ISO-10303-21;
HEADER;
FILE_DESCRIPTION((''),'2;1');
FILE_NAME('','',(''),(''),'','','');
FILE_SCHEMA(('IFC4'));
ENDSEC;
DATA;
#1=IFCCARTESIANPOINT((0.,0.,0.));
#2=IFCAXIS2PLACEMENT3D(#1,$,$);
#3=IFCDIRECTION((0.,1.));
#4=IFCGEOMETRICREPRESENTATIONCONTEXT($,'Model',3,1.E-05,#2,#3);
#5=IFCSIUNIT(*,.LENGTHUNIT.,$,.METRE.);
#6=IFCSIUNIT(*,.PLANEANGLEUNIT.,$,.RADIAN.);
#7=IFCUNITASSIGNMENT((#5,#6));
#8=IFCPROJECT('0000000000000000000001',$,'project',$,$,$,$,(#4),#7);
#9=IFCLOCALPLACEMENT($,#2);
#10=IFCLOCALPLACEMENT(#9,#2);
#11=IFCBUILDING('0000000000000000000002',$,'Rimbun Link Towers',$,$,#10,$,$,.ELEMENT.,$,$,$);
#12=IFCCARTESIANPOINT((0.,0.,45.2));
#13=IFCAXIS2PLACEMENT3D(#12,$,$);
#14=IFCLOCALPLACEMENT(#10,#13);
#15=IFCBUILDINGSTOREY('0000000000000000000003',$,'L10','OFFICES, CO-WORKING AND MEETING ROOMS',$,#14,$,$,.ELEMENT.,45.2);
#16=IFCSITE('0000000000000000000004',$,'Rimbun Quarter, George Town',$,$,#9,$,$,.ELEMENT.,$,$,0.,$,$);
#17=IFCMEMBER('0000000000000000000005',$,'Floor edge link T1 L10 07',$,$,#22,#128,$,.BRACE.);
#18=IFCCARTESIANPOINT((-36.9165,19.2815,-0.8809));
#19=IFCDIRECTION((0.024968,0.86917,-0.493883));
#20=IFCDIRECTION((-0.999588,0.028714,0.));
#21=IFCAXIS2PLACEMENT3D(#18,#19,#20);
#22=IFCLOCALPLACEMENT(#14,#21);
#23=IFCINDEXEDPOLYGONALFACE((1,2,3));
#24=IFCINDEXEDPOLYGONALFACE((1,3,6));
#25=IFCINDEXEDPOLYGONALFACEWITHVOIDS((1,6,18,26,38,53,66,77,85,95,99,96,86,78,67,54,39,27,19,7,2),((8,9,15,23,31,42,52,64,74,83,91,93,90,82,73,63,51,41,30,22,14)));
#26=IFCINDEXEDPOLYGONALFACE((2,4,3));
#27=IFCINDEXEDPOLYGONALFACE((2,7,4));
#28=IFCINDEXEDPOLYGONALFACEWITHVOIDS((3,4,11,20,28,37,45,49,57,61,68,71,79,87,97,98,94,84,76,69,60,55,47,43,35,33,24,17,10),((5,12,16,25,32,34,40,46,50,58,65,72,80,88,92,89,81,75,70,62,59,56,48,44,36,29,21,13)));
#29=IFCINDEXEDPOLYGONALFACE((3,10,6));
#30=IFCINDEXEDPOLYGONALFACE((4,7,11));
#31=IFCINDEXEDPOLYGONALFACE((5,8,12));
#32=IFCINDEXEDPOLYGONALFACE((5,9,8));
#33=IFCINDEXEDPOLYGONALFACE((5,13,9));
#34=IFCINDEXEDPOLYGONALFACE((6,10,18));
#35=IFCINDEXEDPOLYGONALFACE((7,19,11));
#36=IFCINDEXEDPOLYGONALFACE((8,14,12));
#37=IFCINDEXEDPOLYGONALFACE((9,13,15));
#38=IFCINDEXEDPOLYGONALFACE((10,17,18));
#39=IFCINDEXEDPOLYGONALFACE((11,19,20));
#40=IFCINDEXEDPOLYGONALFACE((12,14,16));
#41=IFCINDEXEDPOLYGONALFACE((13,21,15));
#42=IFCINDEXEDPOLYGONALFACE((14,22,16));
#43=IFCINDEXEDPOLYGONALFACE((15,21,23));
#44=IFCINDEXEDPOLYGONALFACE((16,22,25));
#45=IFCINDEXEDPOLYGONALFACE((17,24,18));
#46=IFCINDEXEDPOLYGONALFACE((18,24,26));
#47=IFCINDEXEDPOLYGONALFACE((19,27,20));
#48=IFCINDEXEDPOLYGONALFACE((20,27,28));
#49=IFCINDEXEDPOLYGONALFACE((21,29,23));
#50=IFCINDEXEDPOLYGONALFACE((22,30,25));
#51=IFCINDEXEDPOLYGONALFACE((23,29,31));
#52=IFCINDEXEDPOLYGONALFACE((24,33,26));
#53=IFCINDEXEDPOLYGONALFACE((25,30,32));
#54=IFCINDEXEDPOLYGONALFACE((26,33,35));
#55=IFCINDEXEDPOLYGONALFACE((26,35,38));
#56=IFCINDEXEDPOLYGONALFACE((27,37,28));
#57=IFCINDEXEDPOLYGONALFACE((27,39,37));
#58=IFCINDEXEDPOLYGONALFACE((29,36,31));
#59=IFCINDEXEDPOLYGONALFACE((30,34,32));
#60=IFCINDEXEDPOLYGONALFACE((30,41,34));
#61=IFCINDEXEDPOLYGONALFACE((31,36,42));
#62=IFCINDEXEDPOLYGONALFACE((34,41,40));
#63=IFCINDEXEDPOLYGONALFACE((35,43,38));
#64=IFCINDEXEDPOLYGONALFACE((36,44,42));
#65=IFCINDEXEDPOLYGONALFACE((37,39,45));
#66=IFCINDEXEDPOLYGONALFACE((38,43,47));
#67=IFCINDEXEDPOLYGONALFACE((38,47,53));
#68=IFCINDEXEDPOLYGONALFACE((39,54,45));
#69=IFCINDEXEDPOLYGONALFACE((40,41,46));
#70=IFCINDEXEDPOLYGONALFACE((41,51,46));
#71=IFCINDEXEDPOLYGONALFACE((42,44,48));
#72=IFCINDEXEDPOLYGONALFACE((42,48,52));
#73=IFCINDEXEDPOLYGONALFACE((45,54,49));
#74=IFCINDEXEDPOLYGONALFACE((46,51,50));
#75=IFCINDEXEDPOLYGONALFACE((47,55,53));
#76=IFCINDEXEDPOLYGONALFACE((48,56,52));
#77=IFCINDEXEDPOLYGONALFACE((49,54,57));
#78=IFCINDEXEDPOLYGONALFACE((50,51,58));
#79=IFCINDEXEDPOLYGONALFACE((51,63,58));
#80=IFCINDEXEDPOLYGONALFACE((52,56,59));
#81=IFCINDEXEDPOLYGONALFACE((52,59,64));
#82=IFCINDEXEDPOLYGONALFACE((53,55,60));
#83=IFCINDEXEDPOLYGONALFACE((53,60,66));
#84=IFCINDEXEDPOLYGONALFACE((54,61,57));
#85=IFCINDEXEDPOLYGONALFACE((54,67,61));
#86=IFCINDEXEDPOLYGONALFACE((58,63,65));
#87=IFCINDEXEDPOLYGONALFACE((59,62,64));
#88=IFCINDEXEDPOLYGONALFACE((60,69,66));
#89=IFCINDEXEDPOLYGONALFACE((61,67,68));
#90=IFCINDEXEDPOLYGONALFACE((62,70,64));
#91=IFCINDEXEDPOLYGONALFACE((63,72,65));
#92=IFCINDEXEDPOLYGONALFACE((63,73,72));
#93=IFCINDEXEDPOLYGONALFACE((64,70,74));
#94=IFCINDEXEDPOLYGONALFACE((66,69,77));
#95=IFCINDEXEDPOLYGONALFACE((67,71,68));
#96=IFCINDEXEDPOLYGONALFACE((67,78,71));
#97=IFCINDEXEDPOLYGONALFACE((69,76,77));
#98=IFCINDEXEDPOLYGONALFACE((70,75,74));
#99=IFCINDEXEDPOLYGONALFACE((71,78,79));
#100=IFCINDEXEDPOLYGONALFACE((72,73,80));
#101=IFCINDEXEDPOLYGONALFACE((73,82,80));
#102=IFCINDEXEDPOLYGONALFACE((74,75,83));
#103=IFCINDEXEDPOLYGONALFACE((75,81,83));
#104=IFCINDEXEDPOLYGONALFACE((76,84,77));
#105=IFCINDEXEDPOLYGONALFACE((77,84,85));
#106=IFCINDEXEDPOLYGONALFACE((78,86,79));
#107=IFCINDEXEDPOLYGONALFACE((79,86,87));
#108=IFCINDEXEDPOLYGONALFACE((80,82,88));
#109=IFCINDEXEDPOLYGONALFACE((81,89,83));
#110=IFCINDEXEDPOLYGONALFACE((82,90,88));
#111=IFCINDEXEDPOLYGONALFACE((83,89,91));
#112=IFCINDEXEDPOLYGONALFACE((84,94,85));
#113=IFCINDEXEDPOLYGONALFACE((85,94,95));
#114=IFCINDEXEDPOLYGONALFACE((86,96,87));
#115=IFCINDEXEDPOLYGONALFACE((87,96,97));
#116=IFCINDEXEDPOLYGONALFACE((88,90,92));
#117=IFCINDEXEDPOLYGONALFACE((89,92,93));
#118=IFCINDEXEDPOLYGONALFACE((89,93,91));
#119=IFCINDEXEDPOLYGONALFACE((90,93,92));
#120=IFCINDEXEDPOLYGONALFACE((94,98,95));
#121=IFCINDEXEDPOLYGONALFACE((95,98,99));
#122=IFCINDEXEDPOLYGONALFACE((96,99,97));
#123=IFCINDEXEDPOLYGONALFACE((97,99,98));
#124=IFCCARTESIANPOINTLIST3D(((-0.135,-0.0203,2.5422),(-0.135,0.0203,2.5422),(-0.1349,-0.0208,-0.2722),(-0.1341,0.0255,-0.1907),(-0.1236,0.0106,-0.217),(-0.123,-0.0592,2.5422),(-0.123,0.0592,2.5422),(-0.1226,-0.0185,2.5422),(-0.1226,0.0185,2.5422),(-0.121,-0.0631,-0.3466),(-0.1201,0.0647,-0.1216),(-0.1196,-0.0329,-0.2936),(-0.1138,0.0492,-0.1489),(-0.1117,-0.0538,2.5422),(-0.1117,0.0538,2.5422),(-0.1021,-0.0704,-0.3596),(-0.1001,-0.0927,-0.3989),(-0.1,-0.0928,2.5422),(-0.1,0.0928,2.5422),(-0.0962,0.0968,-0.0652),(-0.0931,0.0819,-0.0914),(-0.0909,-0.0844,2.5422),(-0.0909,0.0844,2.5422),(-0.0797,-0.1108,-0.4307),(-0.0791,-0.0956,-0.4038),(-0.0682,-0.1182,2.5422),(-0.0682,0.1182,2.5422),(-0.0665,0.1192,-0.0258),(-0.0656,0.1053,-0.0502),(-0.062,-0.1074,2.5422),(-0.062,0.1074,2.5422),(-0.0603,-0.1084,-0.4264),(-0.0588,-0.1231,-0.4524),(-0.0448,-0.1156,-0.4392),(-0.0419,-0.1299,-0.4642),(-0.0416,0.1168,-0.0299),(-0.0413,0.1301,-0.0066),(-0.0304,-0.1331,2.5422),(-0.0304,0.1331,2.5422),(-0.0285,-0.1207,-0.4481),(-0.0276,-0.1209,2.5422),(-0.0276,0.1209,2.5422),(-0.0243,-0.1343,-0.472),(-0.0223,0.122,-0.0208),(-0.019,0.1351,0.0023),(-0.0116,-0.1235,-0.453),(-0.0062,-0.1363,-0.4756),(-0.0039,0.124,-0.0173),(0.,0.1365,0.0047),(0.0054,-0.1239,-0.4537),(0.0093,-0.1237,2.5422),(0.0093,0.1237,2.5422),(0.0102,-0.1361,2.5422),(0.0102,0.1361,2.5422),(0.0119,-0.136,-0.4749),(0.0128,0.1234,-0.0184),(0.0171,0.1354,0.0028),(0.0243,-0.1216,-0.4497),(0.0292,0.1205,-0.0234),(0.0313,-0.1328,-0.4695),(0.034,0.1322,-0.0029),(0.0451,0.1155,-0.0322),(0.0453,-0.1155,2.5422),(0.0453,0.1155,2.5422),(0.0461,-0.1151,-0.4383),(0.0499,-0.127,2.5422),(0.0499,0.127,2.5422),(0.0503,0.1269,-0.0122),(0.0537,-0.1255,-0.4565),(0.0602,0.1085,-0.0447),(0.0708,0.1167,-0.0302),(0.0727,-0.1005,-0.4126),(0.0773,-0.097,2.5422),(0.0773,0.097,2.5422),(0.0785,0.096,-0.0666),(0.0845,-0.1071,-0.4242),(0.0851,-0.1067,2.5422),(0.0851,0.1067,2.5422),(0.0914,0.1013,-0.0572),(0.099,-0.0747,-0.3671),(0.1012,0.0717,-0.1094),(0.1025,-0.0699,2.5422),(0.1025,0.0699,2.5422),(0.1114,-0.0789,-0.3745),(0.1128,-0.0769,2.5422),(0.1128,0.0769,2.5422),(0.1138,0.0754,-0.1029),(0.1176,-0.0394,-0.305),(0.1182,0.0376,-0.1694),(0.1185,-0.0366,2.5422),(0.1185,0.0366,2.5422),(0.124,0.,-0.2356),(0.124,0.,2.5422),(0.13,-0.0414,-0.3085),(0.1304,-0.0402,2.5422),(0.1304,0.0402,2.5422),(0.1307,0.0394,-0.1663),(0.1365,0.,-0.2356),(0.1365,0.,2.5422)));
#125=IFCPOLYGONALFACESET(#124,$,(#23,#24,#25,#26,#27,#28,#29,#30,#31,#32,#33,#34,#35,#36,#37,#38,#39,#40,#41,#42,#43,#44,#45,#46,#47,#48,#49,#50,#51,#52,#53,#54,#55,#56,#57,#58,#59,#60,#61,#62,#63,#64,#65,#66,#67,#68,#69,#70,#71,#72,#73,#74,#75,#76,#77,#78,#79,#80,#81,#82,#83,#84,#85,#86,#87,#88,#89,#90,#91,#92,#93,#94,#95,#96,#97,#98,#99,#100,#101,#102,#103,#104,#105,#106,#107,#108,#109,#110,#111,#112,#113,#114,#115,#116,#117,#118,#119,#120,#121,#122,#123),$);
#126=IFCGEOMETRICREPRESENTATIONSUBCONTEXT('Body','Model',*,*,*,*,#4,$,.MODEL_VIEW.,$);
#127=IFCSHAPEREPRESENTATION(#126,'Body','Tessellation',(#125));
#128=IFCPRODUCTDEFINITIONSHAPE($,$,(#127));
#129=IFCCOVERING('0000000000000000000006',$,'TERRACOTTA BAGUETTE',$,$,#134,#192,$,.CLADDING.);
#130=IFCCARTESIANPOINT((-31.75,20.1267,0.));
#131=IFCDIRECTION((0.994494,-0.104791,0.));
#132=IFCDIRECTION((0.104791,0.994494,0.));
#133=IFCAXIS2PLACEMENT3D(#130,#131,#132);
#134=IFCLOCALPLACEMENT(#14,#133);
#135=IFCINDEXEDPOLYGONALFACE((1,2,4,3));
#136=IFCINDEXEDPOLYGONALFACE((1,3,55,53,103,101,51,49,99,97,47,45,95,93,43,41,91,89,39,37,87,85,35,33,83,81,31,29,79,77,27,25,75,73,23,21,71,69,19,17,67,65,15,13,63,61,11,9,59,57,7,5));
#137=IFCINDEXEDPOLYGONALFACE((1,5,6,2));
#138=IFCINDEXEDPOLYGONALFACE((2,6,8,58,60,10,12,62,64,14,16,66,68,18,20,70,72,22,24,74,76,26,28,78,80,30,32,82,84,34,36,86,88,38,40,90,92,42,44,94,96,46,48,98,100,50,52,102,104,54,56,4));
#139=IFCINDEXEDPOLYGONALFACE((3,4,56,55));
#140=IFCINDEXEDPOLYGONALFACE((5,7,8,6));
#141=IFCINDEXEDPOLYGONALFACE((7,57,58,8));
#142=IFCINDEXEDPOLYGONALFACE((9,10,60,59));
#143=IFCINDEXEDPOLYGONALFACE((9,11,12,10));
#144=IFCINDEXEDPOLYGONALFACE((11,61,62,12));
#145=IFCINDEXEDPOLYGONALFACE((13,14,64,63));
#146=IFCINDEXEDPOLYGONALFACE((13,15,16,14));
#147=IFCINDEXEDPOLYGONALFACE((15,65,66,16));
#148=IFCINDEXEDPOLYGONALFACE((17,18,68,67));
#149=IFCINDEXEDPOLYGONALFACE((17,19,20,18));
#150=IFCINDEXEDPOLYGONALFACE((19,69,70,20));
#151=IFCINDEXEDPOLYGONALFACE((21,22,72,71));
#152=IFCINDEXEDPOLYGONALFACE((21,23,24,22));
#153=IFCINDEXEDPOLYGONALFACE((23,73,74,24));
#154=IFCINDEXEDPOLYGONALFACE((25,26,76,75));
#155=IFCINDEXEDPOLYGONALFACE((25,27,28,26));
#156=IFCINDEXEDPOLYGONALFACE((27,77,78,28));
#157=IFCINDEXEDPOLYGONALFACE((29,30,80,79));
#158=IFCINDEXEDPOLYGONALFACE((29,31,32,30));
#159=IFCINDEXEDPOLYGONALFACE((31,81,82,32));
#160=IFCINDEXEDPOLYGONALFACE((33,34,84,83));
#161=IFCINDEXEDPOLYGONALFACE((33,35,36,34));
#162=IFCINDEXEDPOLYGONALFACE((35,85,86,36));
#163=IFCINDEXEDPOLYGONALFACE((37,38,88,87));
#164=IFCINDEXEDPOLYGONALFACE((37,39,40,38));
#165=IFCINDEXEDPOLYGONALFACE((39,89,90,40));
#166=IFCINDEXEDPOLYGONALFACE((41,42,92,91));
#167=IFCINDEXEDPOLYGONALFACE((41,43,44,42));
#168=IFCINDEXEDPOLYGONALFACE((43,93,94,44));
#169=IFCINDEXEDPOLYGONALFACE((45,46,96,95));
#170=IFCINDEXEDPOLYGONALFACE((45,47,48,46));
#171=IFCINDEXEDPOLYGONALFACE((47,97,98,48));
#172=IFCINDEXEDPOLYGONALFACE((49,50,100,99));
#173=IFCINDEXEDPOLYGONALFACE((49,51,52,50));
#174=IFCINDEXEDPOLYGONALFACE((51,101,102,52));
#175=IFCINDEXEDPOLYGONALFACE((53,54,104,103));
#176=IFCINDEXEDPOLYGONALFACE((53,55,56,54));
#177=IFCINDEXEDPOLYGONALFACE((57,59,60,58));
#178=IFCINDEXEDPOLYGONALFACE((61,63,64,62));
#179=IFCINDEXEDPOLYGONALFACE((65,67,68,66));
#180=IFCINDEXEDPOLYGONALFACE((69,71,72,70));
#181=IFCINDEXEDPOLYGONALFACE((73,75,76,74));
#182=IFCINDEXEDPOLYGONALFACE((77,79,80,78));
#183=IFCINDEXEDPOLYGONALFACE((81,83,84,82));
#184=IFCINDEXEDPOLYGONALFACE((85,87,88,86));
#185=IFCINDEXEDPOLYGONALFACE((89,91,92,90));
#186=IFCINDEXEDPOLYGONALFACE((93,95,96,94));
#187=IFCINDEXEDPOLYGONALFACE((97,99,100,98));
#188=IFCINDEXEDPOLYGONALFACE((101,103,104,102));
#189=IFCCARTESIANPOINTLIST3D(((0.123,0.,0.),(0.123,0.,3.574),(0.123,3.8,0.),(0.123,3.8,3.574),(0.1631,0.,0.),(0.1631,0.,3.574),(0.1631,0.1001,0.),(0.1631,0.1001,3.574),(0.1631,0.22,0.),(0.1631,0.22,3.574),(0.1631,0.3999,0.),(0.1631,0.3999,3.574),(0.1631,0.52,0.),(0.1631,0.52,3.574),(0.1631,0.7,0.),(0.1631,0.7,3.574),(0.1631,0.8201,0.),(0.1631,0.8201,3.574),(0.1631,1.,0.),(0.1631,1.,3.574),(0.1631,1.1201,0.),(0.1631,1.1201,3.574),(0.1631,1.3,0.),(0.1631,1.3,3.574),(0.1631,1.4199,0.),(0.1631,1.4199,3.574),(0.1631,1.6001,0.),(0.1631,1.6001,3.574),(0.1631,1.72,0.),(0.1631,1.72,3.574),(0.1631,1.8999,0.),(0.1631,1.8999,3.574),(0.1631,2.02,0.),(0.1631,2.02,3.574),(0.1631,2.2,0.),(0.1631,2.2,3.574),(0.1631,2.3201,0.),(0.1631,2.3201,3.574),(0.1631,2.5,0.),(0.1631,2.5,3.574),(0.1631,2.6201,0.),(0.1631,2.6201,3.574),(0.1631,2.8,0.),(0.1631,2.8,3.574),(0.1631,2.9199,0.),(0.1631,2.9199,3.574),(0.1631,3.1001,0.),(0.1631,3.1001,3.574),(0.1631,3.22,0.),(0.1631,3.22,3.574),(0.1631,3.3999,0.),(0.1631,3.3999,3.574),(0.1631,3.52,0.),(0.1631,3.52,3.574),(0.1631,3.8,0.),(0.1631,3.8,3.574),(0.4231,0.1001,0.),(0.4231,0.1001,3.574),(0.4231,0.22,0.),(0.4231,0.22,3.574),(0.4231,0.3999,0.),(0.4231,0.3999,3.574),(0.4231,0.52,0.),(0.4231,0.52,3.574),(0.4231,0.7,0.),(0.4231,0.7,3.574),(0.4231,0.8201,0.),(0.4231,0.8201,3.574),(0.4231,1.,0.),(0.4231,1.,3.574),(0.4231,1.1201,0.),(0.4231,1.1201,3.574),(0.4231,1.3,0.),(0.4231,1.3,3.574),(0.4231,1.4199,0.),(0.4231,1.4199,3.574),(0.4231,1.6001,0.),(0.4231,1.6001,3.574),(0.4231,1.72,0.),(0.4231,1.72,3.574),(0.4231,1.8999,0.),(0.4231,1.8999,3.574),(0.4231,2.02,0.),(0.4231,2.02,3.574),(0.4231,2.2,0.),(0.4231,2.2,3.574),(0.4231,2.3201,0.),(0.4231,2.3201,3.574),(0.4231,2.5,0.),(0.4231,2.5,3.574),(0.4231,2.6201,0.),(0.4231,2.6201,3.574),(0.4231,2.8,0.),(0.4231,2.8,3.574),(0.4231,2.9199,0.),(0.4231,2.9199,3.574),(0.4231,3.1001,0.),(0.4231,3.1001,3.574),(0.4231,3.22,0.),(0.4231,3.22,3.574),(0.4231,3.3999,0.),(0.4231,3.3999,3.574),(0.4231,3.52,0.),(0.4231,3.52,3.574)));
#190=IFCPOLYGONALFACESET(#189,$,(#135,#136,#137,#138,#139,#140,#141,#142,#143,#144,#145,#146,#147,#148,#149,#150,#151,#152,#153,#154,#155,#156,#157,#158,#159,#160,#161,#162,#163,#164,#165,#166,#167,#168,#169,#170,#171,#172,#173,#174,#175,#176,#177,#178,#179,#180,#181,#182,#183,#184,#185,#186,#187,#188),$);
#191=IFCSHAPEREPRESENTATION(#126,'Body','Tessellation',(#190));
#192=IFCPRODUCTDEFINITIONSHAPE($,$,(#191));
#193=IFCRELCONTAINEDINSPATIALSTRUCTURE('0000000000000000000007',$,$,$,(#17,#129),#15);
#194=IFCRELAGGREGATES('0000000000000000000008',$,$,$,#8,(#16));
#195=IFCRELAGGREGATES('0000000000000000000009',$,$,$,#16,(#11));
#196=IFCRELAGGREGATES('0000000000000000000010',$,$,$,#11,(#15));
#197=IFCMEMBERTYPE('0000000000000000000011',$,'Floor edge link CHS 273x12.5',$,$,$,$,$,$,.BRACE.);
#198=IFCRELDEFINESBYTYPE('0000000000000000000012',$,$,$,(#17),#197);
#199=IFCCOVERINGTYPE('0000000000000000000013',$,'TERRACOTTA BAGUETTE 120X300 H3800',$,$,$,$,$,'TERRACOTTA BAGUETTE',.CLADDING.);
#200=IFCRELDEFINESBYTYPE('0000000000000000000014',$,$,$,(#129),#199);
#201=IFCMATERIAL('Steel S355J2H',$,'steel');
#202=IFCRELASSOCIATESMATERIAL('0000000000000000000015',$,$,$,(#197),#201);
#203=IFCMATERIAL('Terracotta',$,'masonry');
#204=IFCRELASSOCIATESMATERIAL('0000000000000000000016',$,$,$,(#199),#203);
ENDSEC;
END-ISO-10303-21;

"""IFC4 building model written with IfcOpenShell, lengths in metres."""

from ifc_helpers import new_model, si_unit, direction, frame, origin, origin_2d, place, context, subcontext, project, spatial, polyline, hollow_circle, outline, extrude, clip, halfspace, material, material_profile, profile_set, type_object, element, save


model = new_model("IFC4")

# Units and contexts
model_context = context("Model", 3, precision=1e-05, world=origin(), true_north=direction((0.0, 1.0)))
body_context = subcontext(model_context, "Body", "Model", "MODEL_VIEW")
ifc_project = project(units=[si_unit("LENGTHUNIT", "METRE"), si_unit("PLANEANGLEUNIT", "RADIAN")], contexts=[model_context])

# Site, building, storey
site_placement = place(None, origin())
site = spatial("IfcSite", under=ifc_project, at=site_placement, Name="Rimbun Quarter, George Town", CompositionType="ELEMENT", RefElevation=0.0)
building_placement = place(site_placement, origin())
building = spatial("IfcBuilding", under=site, at=building_placement, Name="Rimbun Link Towers", CompositionType="ELEMENT")
storey_placement = place(building_placement, frame((0.0, 0.0, 45.2)))
storey = spatial("IfcBuildingStorey", under=building, at=storey_placement, Name="L10", Description="OFFICES, CO-WORKING AND MEETING ROOMS", CompositionType="ELEMENT", Elevation=45.2)

# Member
ifc_material_1 = material(Name="Steel S355J2H", Category="steel")
ifc_material_profile_1 = material_profile(ifc_material_1, hollow_circle(Radius=0.1365, WallThickness=0.0125, at=origin_2d()), Name="CHS 273x12.5")
ifc_profile_set_1 = profile_set([ifc_material_profile_1], Name="Steel S355J2H")
member_type_1 = type_object("IfcMemberType", Name="Floor edge link CHS 273x12.5", PredefinedType="BRACE", material=ifc_profile_set_1)
member_1_placement = place(storey_placement, frame((-36.9165, 19.2815, -0.8809), z_axis=(0.024968, 0.86917, -0.493883), x_axis=(-0.999588, 0.028714, 0.0)))
element("IfcMember", 1, at=member_1_placement, inside=storey, type_object=member_type_1, Name="Floor edge link T1 L10 07", PredefinedType="BRACE", context=body_context, shape_type="Clipping", body=[
    clip(extrude(hollow_circle(Radius=0.1365, WallThickness=0.0125, at=origin_2d()), frame((0.0, 0.0, -0.501)), (0.0, 0.0, 1.0), 3.0432), halfspace(frame((0.0, 0.0, -0.2356), z_axis=(0.0, 0.869528, -0.493883)), False)),
])

# Covering
ifc_material_2 = material(Name="Terracotta", Category="masonry")
ifc_material_profile_2 = material_profile(ifc_material_2, outline(polyline([(0.123, 0.0), (0.1631, 0.0), (0.1631, 0.1001), (0.4231, 0.1001), (0.4231, 0.22), (0.1631, 0.22), (0.1631, 0.3999), (0.4231, 0.3999), (0.4231, 0.52), (0.1631, 0.52), (0.1631, 0.7), (0.4231, 0.7), (0.4231, 0.8201), (0.1631, 0.8201), (0.1631, 1.0), (0.4231, 1.0), (0.4231, 1.1201), (0.1631, 1.1201), (0.1631, 1.3), (0.4231, 1.3), (0.4231, 1.4199), (0.1631, 1.4199), (0.1631, 1.6001), (0.4231, 1.6001), (0.4231, 1.72), (0.1631, 1.72), (0.1631, 1.8999), (0.4231, 1.8999), (0.4231, 2.02), (0.1631, 2.02), (0.1631, 2.2), (0.4231, 2.2), (0.4231, 2.3201), (0.1631, 2.3201), (0.1631, 2.5), (0.4231, 2.5), (0.4231, 2.6201), (0.1631, 2.6201), (0.1631, 2.8), (0.4231, 2.8), (0.4231, 2.9199), (0.1631, 2.9199), (0.1631, 3.1001), (0.4231, 3.1001), (0.4231, 3.22), (0.1631, 3.22), (0.1631, 3.3999), (0.4231, 3.3999), (0.4231, 3.52), (0.1631, 3.52), (0.1631, 3.8), (0.123, 3.8), (0.123, 0.0)])), Name="BAGUETTE 120X300")
ifc_profile_set_2 = profile_set([ifc_material_profile_2], Name="Terracotta")
covering_type = type_object("IfcCoveringType", Name="TERRACOTTA BAGUETTE 120X300 H3800", ElementType="TERRACOTTA BAGUETTE", PredefinedType="CLADDING", material=ifc_profile_set_2)
for number, where, z_axis, x_axis, name in (
    (2, (-31.75, 20.1267, 0.0), (0.994494, -0.104791, 0.0), (0.104791, 0.994494, 0.0), "TERRACOTTA BAGUETTE"),
):
    element("IfcCovering", number, at=place(storey_placement, frame(where, z_axis=z_axis, x_axis=x_axis)), inside=storey, type_object=covering_type, Name=name, PredefinedType="CLADDING", context=body_context, shape_type="SweptSolid", body=[
        extrude(outline(polyline([(0.123, 0.0), (0.1631, 0.0), (0.1631, 0.1001), (0.4231, 0.1001), (0.4231, 0.22), (0.1631, 0.22), (0.1631, 0.3999), (0.4231, 0.3999), (0.4231, 0.52), (0.1631, 0.52), (0.1631, 0.7), (0.4231, 0.7), (0.4231, 0.8201), (0.1631, 0.8201), (0.1631, 1.0), (0.4231, 1.0), (0.4231, 1.1201), (0.1631, 1.1201), (0.1631, 1.3), (0.4231, 1.3), (0.4231, 1.4199), (0.1631, 1.4199), (0.1631, 1.6001), (0.4231, 1.6001), (0.4231, 1.72), (0.1631, 1.72), (0.1631, 1.8999), (0.4231, 1.8999), (0.4231, 2.02), (0.1631, 2.02), (0.1631, 2.2), (0.4231, 2.2), (0.4231, 2.3201), (0.1631, 2.3201), (0.1631, 2.5), (0.4231, 2.5), (0.4231, 2.6201), (0.1631, 2.6201), (0.1631, 2.8), (0.4231, 2.8), (0.4231, 2.9199), (0.1631, 2.9199), (0.1631, 3.1001), (0.4231, 3.1001), (0.4231, 3.22), (0.1631, 3.22), (0.1631, 3.3999), (0.4231, 3.3999), (0.4231, 3.52), (0.1631, 3.52), (0.1631, 3.8), (0.123, 3.8), (0.123, 0.0)])), origin(), (0.0, 0.0, 1.0), 3.574),
    ])

save(model, "model.ifc")
